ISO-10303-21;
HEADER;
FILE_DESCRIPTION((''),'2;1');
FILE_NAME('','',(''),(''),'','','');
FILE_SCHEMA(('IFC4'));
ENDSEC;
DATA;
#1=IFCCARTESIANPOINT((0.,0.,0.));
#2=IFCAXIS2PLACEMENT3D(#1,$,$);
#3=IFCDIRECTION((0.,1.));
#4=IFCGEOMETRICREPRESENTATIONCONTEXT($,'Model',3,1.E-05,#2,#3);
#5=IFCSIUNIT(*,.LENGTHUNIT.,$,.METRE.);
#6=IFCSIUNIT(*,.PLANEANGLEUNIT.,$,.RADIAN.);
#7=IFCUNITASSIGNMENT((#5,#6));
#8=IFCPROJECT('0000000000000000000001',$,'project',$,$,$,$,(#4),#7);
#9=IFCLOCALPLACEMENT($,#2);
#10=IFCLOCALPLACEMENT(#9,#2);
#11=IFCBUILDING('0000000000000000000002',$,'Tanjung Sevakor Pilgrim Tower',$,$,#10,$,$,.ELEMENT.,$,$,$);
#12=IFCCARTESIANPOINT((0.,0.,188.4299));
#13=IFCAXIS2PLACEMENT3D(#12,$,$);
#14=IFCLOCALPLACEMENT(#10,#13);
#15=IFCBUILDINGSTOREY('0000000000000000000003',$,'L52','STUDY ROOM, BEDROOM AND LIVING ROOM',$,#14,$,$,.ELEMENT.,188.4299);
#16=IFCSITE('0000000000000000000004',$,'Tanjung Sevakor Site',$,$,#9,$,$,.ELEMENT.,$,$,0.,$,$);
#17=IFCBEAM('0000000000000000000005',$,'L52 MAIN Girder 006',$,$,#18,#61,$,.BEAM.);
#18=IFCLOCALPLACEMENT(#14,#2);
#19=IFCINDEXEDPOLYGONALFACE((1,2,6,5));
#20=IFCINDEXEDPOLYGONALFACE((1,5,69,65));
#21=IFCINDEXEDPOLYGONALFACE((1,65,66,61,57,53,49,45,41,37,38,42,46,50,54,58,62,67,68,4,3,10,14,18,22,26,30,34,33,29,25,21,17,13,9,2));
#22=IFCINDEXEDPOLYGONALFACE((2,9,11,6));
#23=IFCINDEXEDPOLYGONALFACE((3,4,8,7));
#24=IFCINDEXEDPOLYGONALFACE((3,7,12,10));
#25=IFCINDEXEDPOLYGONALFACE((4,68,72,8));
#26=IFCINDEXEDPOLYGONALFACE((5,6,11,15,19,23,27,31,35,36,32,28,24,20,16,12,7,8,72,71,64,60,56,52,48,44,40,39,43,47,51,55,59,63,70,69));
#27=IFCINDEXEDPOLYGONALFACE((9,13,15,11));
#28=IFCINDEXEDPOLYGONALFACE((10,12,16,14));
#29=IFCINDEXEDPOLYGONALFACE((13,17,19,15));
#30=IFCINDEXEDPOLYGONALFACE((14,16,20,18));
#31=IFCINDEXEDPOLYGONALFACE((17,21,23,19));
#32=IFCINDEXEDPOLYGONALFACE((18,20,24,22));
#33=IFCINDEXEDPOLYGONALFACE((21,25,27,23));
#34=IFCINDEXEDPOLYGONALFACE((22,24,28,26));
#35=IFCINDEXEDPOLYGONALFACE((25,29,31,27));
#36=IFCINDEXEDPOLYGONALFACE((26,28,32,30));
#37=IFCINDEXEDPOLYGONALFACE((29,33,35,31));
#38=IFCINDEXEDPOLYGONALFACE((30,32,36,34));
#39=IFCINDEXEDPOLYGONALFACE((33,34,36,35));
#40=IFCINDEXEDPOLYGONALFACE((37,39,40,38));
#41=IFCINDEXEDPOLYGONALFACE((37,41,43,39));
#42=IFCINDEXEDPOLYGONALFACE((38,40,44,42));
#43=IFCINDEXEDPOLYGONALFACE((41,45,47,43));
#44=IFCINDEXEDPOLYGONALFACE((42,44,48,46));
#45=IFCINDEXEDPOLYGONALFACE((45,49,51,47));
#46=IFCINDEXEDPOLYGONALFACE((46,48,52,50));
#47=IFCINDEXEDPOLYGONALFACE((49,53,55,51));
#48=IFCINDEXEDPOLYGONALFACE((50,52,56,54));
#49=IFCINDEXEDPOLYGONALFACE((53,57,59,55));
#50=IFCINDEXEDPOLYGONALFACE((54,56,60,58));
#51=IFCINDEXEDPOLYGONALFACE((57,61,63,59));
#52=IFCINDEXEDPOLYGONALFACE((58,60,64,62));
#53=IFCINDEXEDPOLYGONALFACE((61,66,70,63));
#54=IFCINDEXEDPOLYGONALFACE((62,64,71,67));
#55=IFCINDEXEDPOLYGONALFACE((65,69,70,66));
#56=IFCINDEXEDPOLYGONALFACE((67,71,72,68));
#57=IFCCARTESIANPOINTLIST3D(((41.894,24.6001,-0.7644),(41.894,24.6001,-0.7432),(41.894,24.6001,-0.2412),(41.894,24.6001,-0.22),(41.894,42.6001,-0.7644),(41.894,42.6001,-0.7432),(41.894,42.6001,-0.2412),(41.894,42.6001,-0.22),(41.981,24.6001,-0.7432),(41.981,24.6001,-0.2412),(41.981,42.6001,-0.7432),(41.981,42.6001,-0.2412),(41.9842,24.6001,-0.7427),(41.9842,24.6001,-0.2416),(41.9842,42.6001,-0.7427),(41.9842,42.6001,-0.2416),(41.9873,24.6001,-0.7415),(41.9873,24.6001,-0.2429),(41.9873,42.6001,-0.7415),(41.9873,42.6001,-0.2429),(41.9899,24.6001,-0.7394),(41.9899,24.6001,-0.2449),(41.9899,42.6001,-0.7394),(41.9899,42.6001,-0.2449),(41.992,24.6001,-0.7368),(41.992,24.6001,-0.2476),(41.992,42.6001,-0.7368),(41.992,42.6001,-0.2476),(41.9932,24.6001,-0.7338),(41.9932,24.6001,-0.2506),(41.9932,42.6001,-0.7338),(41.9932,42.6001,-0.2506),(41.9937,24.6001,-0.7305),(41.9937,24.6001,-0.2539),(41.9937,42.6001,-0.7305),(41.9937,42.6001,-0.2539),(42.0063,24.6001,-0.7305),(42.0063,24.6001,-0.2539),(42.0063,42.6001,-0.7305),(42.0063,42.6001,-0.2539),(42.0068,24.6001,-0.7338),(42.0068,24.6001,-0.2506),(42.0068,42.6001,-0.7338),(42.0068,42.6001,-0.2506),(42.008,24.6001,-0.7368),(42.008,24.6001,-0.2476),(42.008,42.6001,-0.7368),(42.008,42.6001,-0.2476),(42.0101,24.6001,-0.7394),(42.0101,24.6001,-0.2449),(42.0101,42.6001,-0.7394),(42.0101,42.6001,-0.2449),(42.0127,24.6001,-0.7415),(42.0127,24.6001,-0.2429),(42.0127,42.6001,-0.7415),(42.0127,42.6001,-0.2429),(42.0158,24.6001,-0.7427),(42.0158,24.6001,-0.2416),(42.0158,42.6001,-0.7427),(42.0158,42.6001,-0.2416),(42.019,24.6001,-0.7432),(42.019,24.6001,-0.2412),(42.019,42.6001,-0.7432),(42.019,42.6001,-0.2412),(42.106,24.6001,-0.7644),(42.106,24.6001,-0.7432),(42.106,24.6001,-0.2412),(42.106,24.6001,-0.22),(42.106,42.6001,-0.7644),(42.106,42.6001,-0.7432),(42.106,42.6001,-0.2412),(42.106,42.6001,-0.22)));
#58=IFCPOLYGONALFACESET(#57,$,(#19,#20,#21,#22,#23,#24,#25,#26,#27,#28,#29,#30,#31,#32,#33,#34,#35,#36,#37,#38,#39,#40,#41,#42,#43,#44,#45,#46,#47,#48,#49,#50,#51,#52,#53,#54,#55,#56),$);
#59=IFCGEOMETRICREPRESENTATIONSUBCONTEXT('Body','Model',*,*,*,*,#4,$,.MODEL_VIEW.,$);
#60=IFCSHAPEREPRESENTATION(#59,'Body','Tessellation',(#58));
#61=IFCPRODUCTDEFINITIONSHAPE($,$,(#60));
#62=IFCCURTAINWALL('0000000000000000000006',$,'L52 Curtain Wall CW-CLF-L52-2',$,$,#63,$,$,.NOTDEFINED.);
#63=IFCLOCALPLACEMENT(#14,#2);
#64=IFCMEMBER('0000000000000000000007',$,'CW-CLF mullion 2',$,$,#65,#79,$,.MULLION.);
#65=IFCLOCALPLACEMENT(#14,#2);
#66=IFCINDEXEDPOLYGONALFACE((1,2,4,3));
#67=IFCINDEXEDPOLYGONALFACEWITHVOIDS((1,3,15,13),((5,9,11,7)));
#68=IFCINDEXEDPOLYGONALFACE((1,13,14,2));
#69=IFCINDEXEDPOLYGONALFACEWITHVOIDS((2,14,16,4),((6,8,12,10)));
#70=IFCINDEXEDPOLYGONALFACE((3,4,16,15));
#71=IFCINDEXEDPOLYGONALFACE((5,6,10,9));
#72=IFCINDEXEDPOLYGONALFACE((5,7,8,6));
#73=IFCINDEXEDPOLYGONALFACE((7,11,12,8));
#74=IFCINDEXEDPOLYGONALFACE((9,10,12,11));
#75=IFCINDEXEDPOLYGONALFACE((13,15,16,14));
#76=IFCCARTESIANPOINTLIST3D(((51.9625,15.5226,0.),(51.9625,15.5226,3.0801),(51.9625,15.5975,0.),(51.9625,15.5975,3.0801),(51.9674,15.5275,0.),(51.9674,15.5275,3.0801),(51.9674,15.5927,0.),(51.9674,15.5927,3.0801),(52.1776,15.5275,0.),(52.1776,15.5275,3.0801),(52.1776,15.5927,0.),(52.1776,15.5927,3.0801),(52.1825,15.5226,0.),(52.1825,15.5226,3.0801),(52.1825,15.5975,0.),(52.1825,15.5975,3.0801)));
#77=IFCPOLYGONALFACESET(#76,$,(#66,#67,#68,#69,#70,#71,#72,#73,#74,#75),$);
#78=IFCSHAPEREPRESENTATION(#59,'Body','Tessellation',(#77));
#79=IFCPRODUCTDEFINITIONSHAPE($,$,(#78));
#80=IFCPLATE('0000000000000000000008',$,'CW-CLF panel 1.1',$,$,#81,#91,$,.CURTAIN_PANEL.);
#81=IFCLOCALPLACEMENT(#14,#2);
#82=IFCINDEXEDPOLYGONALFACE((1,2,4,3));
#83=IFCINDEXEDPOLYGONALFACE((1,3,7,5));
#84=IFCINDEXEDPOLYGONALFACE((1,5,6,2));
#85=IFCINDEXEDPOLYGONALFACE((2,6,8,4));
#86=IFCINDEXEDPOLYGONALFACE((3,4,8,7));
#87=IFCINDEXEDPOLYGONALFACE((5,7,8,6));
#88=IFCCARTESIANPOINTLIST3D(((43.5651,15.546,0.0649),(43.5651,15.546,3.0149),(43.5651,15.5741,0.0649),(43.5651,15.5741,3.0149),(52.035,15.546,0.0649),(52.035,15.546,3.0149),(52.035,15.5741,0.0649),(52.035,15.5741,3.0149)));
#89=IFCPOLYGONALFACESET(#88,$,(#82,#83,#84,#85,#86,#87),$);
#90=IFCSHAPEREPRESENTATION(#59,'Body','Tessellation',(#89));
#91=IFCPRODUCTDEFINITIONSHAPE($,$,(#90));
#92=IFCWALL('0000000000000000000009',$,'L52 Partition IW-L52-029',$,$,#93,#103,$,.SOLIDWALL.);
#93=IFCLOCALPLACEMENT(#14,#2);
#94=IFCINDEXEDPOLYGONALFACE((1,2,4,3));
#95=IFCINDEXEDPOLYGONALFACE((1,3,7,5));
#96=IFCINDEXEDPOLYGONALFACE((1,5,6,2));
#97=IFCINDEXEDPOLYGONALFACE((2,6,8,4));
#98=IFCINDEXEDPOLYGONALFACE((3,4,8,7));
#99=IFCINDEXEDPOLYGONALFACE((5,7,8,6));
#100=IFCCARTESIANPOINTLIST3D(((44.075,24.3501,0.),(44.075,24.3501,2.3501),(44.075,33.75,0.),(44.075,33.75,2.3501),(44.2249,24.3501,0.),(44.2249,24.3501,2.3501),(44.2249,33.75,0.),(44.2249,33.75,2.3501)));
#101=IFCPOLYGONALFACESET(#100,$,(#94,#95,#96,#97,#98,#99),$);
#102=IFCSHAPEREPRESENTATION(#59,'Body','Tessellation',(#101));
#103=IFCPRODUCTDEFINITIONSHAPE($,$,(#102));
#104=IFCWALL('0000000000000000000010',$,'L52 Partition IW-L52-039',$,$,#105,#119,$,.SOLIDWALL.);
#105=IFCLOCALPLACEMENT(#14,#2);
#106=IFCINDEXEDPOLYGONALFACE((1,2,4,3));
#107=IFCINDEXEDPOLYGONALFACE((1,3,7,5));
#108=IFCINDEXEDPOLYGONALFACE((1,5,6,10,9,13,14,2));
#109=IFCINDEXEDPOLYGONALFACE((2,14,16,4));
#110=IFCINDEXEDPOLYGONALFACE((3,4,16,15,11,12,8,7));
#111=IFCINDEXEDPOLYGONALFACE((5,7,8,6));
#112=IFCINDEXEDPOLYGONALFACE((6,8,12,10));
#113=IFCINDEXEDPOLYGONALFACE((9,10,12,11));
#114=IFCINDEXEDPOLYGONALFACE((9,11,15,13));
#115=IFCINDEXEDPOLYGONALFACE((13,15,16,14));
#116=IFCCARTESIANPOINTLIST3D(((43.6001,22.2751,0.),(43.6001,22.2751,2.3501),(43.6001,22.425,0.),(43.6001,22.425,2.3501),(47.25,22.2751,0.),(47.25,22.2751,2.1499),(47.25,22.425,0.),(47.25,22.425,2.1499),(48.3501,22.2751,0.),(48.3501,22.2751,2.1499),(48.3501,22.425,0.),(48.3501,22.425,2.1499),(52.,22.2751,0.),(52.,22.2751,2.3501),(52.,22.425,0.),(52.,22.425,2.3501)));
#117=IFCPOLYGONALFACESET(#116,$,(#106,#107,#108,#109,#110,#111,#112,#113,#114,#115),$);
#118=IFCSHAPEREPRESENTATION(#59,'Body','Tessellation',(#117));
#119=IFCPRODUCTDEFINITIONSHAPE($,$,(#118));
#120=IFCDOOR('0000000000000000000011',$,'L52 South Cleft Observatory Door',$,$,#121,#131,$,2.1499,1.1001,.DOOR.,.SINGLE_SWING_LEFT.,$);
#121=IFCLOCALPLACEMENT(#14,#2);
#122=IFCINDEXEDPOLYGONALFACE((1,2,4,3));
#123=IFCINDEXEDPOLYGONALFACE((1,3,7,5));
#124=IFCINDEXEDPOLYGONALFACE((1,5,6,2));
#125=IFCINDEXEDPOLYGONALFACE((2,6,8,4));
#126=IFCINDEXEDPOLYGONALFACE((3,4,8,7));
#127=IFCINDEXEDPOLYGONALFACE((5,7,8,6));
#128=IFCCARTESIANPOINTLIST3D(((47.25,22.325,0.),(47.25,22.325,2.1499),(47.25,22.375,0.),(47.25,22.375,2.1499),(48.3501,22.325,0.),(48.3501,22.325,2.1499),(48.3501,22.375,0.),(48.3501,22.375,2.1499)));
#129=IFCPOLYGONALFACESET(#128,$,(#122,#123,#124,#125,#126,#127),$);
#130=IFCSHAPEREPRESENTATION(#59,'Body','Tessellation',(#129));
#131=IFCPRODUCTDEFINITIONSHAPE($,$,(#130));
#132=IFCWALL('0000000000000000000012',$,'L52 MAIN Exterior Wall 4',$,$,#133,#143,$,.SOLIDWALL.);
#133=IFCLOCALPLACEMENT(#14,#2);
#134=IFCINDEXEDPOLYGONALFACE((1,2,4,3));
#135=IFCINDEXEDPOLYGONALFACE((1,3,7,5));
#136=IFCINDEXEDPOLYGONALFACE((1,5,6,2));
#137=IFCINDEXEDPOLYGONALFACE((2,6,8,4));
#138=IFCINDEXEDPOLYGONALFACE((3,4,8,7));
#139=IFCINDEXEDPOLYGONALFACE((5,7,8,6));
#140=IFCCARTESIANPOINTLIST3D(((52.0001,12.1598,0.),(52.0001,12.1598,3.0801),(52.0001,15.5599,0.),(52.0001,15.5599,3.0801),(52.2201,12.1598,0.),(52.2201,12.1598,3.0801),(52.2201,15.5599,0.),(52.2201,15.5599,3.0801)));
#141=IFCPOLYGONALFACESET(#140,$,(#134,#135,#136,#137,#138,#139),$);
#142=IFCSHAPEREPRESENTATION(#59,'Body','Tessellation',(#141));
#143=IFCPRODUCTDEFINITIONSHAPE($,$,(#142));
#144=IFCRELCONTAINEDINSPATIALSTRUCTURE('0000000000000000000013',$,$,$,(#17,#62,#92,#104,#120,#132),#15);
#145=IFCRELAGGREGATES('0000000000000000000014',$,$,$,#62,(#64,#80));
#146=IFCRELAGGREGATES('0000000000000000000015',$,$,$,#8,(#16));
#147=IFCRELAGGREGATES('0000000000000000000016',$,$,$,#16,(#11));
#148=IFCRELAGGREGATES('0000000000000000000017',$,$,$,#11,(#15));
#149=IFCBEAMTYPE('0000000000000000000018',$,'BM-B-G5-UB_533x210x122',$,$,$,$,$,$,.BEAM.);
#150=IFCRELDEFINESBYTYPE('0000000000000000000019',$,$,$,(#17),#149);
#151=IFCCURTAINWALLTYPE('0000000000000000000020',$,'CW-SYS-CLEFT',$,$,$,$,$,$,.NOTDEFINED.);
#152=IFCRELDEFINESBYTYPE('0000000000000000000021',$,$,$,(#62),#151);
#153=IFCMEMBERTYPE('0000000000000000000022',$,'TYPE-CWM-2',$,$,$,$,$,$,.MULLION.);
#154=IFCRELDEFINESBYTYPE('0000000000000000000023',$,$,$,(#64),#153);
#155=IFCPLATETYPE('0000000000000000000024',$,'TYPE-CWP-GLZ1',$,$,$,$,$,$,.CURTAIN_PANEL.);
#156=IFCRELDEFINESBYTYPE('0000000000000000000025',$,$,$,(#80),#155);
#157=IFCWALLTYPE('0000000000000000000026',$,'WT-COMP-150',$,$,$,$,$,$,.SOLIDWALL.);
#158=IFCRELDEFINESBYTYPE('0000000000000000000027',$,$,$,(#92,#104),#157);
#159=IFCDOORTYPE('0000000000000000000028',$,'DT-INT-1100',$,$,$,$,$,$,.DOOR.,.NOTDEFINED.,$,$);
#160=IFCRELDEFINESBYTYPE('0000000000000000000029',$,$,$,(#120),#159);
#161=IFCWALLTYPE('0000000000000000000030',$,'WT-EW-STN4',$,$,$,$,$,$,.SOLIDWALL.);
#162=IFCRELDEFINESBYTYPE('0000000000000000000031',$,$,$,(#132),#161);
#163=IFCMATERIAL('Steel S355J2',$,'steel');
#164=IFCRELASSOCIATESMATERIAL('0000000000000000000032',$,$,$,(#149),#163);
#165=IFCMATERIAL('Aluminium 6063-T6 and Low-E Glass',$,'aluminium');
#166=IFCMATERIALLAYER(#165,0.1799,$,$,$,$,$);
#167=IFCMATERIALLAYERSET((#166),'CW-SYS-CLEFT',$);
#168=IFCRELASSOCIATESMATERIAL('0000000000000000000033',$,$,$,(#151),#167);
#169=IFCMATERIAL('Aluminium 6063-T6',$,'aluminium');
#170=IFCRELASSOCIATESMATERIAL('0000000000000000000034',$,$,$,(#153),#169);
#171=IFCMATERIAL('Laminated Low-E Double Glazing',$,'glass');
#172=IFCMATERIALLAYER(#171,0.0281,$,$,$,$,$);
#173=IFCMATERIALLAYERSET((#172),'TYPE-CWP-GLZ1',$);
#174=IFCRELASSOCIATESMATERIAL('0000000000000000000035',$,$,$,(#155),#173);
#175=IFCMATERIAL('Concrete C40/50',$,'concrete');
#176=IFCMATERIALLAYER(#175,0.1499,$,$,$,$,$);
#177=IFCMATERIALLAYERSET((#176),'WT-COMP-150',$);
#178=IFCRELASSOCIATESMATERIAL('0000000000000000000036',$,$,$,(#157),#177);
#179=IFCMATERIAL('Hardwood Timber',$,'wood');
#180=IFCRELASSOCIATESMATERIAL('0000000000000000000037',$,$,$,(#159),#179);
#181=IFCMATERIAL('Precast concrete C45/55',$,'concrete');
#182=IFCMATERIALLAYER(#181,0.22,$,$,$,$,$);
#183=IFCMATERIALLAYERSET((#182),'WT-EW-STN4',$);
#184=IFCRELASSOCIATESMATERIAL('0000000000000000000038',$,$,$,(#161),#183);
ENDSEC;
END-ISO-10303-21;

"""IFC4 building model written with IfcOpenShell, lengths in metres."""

from ifc_helpers import new_model, si_unit, direction, frame, frame_2d, origin, origin_2d, place, context, subcontext, project, spatial, rectangle, hollow_rectangle, i_section, extrude, material, layer, layer_set, material_profile, profile_set, type_object, element, fill, aggregate, save


model = new_model("IFC4")

# Units and contexts
model_context = context("Model", 3, precision=1e-05, world=origin(), true_north=direction((0.0, 1.0)))
body_context = subcontext(model_context, "Body", "Model", "MODEL_VIEW")
ifc_project = project(units=[si_unit("LENGTHUNIT", "METRE"), si_unit("PLANEANGLEUNIT", "RADIAN")], contexts=[model_context])

# Site, building, storey
site_placement = place(None, origin())
site = spatial("IfcSite", under=ifc_project, at=site_placement, Name="Tanjung Sevakor Site", CompositionType="ELEMENT", RefElevation=0.0)
building_placement = place(site_placement, origin())
building = spatial("IfcBuilding", under=site, at=building_placement, Name="Tanjung Sevakor Pilgrim Tower", CompositionType="ELEMENT")
storey_placement = place(building_placement, frame((0.0, 0.0, 188.4299)))
storey = spatial("IfcBuildingStorey", under=building, at=storey_placement, Name="L52", Description="STUDY ROOM, BEDROOM AND LIVING ROOM", CompositionType="ELEMENT", Elevation=188.4299)

# Beam
ifc_material_1 = material(Name="Steel S355J2", Category="steel")
ifc_material_profile_1 = material_profile(ifc_material_1, i_section(OverallWidth=0.2119, OverallDepth=0.5444, WebThickness=0.0127, FlangeThickness=0.0212, FilletRadius=0.0127, at=origin_2d()))
ifc_profile_set_1 = profile_set([ifc_material_profile_1], Name="Steel S355J2")
beam_type_1 = type_object("IfcBeamType", Name="BM-B-G5-UB_533x210x122", PredefinedType="BEAM", material=ifc_profile_set_1)
beam_1_placement = place(storey_placement, frame((42.0, 24.6001, -0.4922), z_axis=(0.0, 1.0, 0.0), x_axis=(-1.0, 0.0, 0.0)))
element("IfcBeam", 1, at=beam_1_placement, inside=storey, type_object=beam_type_1, Name="L52 MAIN Girder 006", PredefinedType="BEAM", context=body_context, shape_type="SweptSolid", body=[
    extrude(i_section(OverallWidth=0.2119, OverallDepth=0.5444, WebThickness=0.0127, FlangeThickness=0.0212, FilletRadius=0.0127, at=origin_2d()), origin(), (0.0, 0.0, 1.0), 18.0),
])

# Curtain wall, member, plate
ifc_material_2 = material(Name="Aluminium 6063-T6 and Low-E Glass", Category="aluminium")
ifc_layer_1 = layer(ifc_material_2, 0.1799)
ifc_layer_set_1 = layer_set([ifc_layer_1], Name="CW-SYS-CLEFT")
curtain_wall_type = type_object("IfcCurtainWallType", Name="CW-SYS-CLEFT", PredefinedType="NOTDEFINED", material=ifc_layer_set_1)
curtain_wall_placement = place(storey_placement, origin())
curtain_wall = element("IfcCurtainWall", 2, at=curtain_wall_placement, inside=storey, type_object=curtain_wall_type, Name="L52 Curtain Wall CW-CLF-L52-2", PredefinedType="NOTDEFINED")
ifc_material_3 = material(Name="Aluminium 6063-T6", Category="aluminium")
ifc_material_profile_2 = material_profile(ifc_material_3, hollow_rectangle(XDim=0.075, YDim=0.22, WallThickness=0.0049, at=origin_2d()))
ifc_profile_set_2 = profile_set([ifc_material_profile_2], Name="Aluminium 6063-T6")
member_type = type_object("IfcMemberType", Name="TYPE-CWM-2", PredefinedType="MULLION", material=ifc_profile_set_2)
member_placement = place(storey_placement, frame((52.0725, 15.5601, 0.0), z_axis=(0.0, 0.0, 1.0), x_axis=(0.0, 1.0, 0.0)))
member = element("IfcMember", 3, at=member_placement, type_object=member_type, Name="CW-CLF mullion 2", PredefinedType="MULLION", context=body_context, shape_type="SweptSolid", body=[
    extrude(hollow_rectangle(XDim=0.075, YDim=0.22, WallThickness=0.0049, at=origin_2d()), origin(), (0.0, 0.0, 1.0), 3.0801),
])
ifc_material_4 = material(Name="Laminated Low-E Double Glazing", Category="glass")
ifc_layer_2 = layer(ifc_material_4, 0.0281)
ifc_layer_set_2 = layer_set([ifc_layer_2], Name="TYPE-CWP-GLZ1")
plate_type = type_object("IfcPlateType", Name="TYPE-CWP-GLZ1", PredefinedType="CURTAIN_PANEL", material=ifc_layer_set_2)
plate_placement = place(storey_placement, frame((47.8, 15.5601, 0.0649), z_axis=(0.0, 0.0, 1.0), x_axis=(1.0, 0.0, 0.0)))
plate = element("IfcPlate", 4, at=plate_placement, type_object=plate_type, Name="CW-CLF panel 1.1", PredefinedType="CURTAIN_PANEL", context=body_context, shape_type="SweptSolid", body=[
    extrude(rectangle(XDim=8.47, YDim=0.0281, at=origin_2d()), origin(), (0.0, 0.0, 1.0), 2.95),
])
aggregate(curtain_wall, [member, plate])

# Wall
ifc_material_5 = material(Name="Concrete C40/50", Category="concrete")
ifc_layer_3 = layer(ifc_material_5, 0.1499)
ifc_layer_set_3 = layer_set([ifc_layer_3], Name="WT-COMP-150")
wall_type_1 = type_object("IfcWallType", Name="WT-COMP-150", PredefinedType="SOLIDWALL", material=ifc_layer_set_3)
wall_1_placement = place(storey_placement, frame((44.1499, 24.3501, 0.0), z_axis=(0.0, 0.0, 1.0), x_axis=(0.0, 1.0, 0.0)))
element("IfcWall", 5, at=wall_1_placement, inside=storey, type_object=wall_type_1, Name="L52 Partition IW-L52-029", PredefinedType="SOLIDWALL", context=body_context, shape_type="SweptSolid", body=[
    extrude(rectangle(XDim=9.3999, YDim=0.1499, at=frame_2d((4.7, 0.0))), origin(), (0.0, 0.0, 1.0), 2.3501),
])

# Wall, opening, door
wall_2_placement = place(storey_placement, frame((43.6001, 22.3501, 0.0), z_axis=(0.0, 0.0, 1.0), x_axis=(1.0, 0.0, 0.0)))
wall_2 = element("IfcWall", 6, at=wall_2_placement, inside=storey, type_object=wall_type_1, Name="L52 Partition IW-L52-039", PredefinedType="SOLIDWALL", context=body_context, shape_type="SweptSolid", body=[
    extrude(rectangle(XDim=8.3999, YDim=0.1499, at=frame_2d((4.2, 0.0))), origin(), (0.0, 0.0, 1.0), 2.3501),
])
opening_1_placement = place(wall_2_placement, frame((3.6499, 0.0, 0.0)))
opening_1 = element("IfcOpeningElement", 7, at=opening_1_placement, cuts=wall_2, PredefinedType="OPENING", context=body_context, shape_type="SweptSolid", body=[
    extrude(rectangle(XDim=1.1001, YDim=2.1499, at=frame_2d((0.55, 1.075))), frame((0.0, 0.085, 0.0), z_axis=(0.0, -1.0, 0.0), x_axis=(1.0, 0.0, 0.0)), (0.0, 0.0, 1.0), 0.1699),
])
ifc_material_6 = material(Name="Hardwood Timber", Category="wood")
door_type_1 = type_object("IfcDoorType", Name="DT-INT-1100", OperationType="NOTDEFINED", PredefinedType="DOOR", material=ifc_material_6)
door_1_placement = place(opening_1_placement, origin())
door_1 = element("IfcDoor", 8, at=door_1_placement, inside=storey, type_object=door_type_1, Name="L52 South Cleft Observatory Door", OperationType="SINGLE_SWING_LEFT", OverallHeight=2.1499, OverallWidth=1.1001, PredefinedType="DOOR", context=body_context, shape_type="SweptSolid", body=[
    extrude(rectangle(XDim=1.1001, YDim=2.1499, at=frame_2d((0.55, 1.075))), frame((0.0, 0.0249, 0.0), z_axis=(0.0, -1.0, 0.0), x_axis=(1.0, 0.0, 0.0)), (0.0, 0.0, 1.0), 0.05),
])
fill(opening_1, door_1)

# Wall
ifc_material_7 = material(Name="Precast concrete C45/55", Category="concrete")
ifc_layer_4 = layer(ifc_material_7, 0.22)
ifc_layer_set_4 = layer_set([ifc_layer_4], Name="WT-EW-STN4")
wall_type_2 = type_object("IfcWallType", Name="WT-EW-STN4", PredefinedType="SOLIDWALL", material=ifc_layer_set_4)
wall_3_placement = place(storey_placement, frame((52.1101, 15.5601, 0.0), z_axis=(0.0, 0.0, 1.0), x_axis=(0.0, -1.0, 0.0)))
element("IfcWall", 9, at=wall_3_placement, inside=storey, type_object=wall_type_2, Name="L52 MAIN Exterior Wall 4", PredefinedType="SOLIDWALL", context=body_context, shape_type="SweptSolid", body=[
    extrude(rectangle(XDim=3.4001, YDim=0.22, at=frame_2d((1.7002, 0.0))), origin(), (0.0, 0.0, 1.0), 3.0801),
])

save(model, "model.ifc")
